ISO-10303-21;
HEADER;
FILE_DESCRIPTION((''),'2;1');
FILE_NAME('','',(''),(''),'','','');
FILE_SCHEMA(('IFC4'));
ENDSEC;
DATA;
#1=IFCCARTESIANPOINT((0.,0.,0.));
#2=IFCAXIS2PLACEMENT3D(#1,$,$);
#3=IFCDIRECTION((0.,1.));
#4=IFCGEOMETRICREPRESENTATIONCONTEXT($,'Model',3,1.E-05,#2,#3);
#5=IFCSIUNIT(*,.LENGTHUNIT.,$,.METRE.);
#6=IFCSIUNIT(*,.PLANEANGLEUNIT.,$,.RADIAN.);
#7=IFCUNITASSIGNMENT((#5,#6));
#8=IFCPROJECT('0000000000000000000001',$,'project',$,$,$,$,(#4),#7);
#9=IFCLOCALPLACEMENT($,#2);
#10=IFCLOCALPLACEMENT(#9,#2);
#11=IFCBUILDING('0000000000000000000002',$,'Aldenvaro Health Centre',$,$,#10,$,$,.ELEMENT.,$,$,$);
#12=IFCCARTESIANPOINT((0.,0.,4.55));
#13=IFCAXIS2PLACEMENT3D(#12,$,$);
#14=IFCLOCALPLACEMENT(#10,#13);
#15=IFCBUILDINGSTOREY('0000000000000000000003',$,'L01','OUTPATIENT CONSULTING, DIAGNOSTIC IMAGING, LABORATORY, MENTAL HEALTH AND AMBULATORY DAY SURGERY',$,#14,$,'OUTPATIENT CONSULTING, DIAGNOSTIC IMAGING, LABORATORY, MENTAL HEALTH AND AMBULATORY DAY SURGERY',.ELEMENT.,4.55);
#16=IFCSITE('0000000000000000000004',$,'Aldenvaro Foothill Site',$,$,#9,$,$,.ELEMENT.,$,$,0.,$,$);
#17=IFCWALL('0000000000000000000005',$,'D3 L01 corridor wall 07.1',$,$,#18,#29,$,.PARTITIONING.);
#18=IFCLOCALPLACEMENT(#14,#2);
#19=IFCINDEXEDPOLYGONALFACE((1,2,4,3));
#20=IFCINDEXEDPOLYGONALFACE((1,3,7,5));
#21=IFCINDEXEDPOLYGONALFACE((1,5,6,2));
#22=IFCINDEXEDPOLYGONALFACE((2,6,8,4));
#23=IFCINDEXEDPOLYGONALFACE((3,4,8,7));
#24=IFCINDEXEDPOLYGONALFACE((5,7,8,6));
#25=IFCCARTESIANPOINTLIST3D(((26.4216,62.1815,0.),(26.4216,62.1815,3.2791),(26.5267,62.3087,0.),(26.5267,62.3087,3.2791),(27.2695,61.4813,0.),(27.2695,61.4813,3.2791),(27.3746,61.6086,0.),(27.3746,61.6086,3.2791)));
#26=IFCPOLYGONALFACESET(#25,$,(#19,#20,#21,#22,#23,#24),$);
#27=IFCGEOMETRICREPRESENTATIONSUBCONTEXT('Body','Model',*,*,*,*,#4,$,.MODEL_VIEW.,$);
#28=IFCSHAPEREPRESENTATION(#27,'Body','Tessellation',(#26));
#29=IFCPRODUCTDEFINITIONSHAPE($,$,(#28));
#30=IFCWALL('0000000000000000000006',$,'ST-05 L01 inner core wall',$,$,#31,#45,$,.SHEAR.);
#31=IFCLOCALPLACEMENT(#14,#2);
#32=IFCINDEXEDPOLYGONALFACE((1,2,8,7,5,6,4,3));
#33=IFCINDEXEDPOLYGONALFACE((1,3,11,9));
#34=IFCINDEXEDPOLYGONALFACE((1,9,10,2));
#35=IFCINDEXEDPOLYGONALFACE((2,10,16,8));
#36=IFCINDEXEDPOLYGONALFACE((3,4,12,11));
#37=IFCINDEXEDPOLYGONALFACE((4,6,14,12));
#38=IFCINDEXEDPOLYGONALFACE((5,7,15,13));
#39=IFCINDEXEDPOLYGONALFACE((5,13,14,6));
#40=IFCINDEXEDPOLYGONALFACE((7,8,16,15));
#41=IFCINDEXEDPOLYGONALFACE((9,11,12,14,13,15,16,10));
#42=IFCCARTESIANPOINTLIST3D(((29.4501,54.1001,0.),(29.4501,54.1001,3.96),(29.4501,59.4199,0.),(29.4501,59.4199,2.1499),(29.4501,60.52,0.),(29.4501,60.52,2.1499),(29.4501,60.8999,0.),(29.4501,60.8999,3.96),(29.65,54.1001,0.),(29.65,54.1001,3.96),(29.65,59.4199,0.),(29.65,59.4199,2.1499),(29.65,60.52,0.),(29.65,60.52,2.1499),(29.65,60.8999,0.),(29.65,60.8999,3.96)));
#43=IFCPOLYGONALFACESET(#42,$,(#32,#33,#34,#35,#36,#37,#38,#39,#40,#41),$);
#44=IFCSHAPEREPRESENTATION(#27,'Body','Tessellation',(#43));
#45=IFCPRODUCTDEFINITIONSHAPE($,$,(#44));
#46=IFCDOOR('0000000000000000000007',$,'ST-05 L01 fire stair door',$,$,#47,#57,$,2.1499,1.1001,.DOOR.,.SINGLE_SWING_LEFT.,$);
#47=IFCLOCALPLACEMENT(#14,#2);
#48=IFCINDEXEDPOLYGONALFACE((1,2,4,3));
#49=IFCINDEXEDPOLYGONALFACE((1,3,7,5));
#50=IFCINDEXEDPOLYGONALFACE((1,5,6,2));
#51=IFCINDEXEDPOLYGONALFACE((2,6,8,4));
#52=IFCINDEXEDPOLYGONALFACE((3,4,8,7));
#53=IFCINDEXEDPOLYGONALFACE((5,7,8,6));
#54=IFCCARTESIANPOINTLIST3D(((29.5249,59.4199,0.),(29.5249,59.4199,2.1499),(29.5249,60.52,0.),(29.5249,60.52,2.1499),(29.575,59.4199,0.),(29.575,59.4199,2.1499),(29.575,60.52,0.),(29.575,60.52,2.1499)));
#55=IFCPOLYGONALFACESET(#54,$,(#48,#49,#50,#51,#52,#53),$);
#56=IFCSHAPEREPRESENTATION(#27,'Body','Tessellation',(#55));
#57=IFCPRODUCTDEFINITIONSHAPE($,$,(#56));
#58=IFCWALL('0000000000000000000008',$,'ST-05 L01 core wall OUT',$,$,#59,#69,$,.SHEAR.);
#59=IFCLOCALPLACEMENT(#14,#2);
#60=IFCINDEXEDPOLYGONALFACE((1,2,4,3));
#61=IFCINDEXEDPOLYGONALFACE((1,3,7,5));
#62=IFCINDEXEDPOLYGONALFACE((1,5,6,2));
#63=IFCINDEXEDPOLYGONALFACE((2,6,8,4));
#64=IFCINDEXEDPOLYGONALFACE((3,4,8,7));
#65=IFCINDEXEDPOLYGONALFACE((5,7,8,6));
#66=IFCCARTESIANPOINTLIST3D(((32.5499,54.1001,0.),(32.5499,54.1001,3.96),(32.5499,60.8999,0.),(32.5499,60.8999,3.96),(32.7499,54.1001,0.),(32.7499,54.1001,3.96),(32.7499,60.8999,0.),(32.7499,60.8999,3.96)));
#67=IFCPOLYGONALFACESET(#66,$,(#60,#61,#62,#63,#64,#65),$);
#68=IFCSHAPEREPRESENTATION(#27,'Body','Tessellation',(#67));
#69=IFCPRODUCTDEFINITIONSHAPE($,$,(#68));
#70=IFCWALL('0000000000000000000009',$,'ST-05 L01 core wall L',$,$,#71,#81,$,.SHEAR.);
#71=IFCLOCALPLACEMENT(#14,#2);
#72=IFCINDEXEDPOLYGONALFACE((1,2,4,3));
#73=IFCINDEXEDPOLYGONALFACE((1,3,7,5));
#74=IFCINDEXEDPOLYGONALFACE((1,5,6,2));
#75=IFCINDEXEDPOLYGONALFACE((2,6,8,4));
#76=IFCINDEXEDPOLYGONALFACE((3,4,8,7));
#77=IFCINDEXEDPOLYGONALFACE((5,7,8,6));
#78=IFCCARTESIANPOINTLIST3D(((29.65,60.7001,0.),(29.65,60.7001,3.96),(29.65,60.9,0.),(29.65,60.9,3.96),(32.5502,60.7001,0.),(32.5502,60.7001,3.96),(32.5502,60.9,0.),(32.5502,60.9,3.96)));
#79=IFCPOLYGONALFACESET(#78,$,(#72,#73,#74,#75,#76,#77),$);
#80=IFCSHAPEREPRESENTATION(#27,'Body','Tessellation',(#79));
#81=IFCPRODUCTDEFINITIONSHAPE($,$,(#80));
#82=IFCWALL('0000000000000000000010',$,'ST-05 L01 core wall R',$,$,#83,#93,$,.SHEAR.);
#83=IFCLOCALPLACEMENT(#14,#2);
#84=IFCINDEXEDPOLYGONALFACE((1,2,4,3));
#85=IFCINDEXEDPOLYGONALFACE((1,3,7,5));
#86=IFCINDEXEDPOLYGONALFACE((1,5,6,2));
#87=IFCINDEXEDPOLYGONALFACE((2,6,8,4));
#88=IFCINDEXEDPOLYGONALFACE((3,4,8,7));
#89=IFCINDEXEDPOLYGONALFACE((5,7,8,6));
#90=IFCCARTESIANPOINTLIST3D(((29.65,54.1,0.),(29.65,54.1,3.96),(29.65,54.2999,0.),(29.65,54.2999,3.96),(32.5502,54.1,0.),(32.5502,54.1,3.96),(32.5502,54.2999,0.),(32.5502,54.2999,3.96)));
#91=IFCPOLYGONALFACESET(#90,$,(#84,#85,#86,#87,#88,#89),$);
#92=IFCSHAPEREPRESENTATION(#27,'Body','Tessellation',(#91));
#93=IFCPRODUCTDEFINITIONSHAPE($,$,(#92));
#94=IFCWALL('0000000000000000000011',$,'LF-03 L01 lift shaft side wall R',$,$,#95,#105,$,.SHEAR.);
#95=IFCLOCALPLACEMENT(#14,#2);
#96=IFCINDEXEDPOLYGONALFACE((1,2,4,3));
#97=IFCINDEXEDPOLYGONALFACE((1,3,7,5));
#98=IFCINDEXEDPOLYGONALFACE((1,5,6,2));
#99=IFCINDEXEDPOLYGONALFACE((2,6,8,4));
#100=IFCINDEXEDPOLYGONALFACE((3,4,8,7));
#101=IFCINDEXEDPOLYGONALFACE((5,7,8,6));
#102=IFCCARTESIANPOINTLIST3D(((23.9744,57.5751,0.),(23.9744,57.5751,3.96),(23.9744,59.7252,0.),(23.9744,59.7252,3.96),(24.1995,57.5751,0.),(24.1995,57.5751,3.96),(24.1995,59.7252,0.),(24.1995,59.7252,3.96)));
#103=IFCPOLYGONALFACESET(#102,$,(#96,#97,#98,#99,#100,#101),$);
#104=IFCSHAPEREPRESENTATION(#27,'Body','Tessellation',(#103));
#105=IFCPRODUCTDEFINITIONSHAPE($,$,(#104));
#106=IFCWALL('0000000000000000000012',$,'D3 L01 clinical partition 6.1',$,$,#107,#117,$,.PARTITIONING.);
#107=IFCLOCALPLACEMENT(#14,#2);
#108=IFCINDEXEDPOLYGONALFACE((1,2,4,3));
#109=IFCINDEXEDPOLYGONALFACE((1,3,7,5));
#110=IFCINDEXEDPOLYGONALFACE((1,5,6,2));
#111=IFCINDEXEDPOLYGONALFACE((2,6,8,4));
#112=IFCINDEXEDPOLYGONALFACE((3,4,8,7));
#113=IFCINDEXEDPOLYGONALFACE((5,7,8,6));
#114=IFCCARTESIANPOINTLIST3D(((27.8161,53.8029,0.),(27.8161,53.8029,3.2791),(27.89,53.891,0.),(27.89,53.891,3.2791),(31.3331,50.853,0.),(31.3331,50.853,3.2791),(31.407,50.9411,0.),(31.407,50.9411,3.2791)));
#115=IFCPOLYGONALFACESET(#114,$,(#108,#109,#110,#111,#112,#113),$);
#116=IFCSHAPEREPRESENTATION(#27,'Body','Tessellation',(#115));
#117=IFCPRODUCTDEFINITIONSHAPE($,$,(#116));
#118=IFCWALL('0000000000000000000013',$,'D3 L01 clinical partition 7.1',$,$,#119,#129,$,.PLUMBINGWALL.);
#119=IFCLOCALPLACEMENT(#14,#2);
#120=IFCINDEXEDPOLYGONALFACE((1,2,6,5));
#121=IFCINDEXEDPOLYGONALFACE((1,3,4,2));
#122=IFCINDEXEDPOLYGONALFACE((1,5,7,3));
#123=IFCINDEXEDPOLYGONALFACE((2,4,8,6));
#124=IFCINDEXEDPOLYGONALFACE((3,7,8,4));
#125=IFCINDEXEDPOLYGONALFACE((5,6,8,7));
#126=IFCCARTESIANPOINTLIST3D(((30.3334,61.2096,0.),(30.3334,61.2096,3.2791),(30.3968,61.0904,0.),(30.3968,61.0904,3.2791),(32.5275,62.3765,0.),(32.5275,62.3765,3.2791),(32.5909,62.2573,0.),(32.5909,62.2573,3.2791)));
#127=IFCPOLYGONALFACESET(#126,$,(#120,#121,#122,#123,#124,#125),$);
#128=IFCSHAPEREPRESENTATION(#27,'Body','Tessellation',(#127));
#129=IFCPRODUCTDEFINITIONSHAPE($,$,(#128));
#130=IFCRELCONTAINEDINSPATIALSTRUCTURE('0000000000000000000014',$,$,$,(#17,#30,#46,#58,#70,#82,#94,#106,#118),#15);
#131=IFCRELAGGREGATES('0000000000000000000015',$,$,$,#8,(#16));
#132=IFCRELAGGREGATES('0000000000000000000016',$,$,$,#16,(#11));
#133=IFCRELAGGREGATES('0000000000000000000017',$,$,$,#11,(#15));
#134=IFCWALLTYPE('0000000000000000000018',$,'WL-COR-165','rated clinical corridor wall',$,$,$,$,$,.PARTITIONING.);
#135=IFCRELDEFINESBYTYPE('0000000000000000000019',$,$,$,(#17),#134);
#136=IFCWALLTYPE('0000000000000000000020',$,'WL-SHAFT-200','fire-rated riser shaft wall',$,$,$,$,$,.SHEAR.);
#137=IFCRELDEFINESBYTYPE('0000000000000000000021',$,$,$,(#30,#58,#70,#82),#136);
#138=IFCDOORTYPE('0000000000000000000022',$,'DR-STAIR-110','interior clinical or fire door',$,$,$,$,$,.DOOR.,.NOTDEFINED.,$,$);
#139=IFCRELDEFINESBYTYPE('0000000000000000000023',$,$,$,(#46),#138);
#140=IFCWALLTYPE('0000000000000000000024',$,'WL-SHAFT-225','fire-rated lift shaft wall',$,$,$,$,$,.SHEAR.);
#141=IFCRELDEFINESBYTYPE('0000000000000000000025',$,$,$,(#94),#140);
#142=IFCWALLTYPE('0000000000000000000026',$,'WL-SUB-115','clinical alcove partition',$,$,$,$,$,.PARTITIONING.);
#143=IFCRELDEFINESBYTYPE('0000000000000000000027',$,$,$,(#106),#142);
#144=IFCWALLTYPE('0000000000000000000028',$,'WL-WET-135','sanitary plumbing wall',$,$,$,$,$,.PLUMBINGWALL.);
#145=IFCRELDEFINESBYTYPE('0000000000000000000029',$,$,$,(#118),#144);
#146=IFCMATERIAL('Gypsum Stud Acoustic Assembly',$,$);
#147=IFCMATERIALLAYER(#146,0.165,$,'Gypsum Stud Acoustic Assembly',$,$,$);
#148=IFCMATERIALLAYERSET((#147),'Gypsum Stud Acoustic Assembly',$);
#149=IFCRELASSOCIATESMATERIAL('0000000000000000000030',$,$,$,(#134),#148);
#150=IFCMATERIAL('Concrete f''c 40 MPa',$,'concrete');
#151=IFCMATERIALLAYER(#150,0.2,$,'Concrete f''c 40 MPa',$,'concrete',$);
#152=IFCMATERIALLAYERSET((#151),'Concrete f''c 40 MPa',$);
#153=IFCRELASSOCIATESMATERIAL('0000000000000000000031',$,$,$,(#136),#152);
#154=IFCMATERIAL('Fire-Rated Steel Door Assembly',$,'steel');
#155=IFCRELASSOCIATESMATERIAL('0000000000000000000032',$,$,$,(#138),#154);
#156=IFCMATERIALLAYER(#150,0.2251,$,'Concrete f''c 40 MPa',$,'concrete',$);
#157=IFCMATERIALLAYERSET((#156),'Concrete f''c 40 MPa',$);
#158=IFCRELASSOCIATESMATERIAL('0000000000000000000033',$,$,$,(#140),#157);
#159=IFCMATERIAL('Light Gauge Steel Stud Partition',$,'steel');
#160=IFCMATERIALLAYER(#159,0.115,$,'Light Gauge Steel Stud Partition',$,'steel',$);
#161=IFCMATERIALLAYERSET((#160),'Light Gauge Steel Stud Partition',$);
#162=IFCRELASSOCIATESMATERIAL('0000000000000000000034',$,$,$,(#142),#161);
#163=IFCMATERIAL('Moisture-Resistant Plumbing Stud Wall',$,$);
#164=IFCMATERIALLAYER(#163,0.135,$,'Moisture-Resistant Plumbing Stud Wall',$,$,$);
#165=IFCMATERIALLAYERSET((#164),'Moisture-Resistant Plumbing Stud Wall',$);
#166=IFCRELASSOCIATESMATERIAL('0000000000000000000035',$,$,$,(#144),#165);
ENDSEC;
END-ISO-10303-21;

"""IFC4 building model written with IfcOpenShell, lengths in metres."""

from ifc_helpers import new_model, si_unit, direction, frame, frame_2d, origin, place, context, subcontext, project, spatial, rectangle, extrude, material, layer, layer_set, type_object, element, fill, save


model = new_model("IFC4")

# Units and contexts
model_context = context("Model", 3, precision=1e-05, world=origin(), true_north=direction((0.0, 1.0)))
body_context = subcontext(model_context, "Body", "Model", "MODEL_VIEW")
ifc_project = project(units=[si_unit("LENGTHUNIT", "METRE"), si_unit("PLANEANGLEUNIT", "RADIAN")], contexts=[model_context])

# Site, building, storey
site_placement = place(None, origin())
site = spatial("IfcSite", under=ifc_project, at=site_placement, Name="Aldenvaro Foothill Site", CompositionType="ELEMENT", RefElevation=0.0)
building_placement = place(site_placement, origin())
building = spatial("IfcBuilding", under=site, at=building_placement, Name="Aldenvaro Health Centre", CompositionType="ELEMENT")
storey_placement = place(building_placement, frame((0.0, 0.0, 4.55)))
storey = spatial("IfcBuildingStorey", under=building, at=storey_placement, Name="L01", Description="OUTPATIENT CONSULTING, DIAGNOSTIC IMAGING, LABORATORY, MENTAL HEALTH AND AMBULATORY DAY SURGERY", LongName="OUTPATIENT CONSULTING, DIAGNOSTIC IMAGING, LABORATORY, MENTAL HEALTH AND AMBULATORY DAY SURGERY", CompositionType="ELEMENT", Elevation=4.55)

# Shared definitions
ifc_material_1 = material(Name="Gypsum Stud Acoustic Assembly")
ifc_layer_1 = layer(ifc_material_1, 0.165, Name="Gypsum Stud Acoustic Assembly")
ifc_layer_set_1 = layer_set([ifc_layer_1], Name="Gypsum Stud Acoustic Assembly")
wall_type_1 = type_object("IfcWallType", Name="WL-COR-165", Description="rated clinical corridor wall", PredefinedType="PARTITIONING", material=ifc_layer_set_1)

# Wall
wall_1_placement = place(storey_placement, frame((27.322, 61.5449, 0.0), z_axis=(0.0, 0.0, 1.0), x_axis=(-0.771071, 0.636749, 0.0)))
element("IfcWall", 1, at=wall_1_placement, inside=storey, type_object=wall_type_1, Name="D3 L01 corridor wall 07.1", PredefinedType="PARTITIONING", context=body_context, shape_type="SweptSolid", body=[
    extrude(rectangle(XDim=1.0996, YDim=0.165, at=frame_2d((0.5498, 0.0))), origin(), (0.0, 0.0, 1.0), 3.2791),
])

# Wall, opening, door
ifc_material_2 = material(Name="Concrete f'c 40 MPa", Category="concrete")
ifc_layer_2 = layer(ifc_material_2, 0.2, Name="Concrete f'c 40 MPa", Category="concrete")
ifc_layer_set_2 = layer_set([ifc_layer_2], Name="Concrete f'c 40 MPa")
wall_type_2 = type_object("IfcWallType", Name="WL-SHAFT-200", Description="fire-rated riser shaft wall", PredefinedType="SHEAR", material=ifc_layer_set_2)
wall_2_placement = place(storey_placement, frame((29.55, 60.8999, 0.0), z_axis=(0.0, 0.0, 1.0), x_axis=(0.0, -1.0, 0.0)))
wall_2 = element("IfcWall", 2, at=wall_2_placement, inside=storey, type_object=wall_type_2, Name="ST-05 L01 inner core wall", PredefinedType="SHEAR", context=body_context, shape_type="SweptSolid", body=[
    extrude(rectangle(XDim=6.7998, YDim=0.2, at=frame_2d((3.3999, 0.0))), origin(), (0.0, 0.0, 1.0), 3.96),
])
opening_1_placement = place(wall_2_placement, frame((0.3799, 0.0, 0.0)))
opening_1 = element("IfcOpeningElement", 3, at=opening_1_placement, cuts=wall_2, PredefinedType="OPENING", context=body_context, shape_type="SweptSolid", body=[
    extrude(rectangle(XDim=1.1001, YDim=2.1499, at=frame_2d((0.55, 1.075))), frame((0.0, 0.1099, 0.0), z_axis=(0.0, -1.0, 0.0), x_axis=(1.0, 0.0, 0.0)), (0.0, 0.0, 1.0), 0.22),
])
ifc_material_3 = material(Name="Fire-Rated Steel Door Assembly", Category="steel")
door_type_1 = type_object("IfcDoorType", Name="DR-STAIR-110", Description="interior clinical or fire door", OperationType="NOTDEFINED", PredefinedType="DOOR", material=ifc_material_3)
door_1_placement = place(opening_1_placement, origin())
door_1 = element("IfcDoor", 4, at=door_1_placement, inside=storey, type_object=door_type_1, Name="ST-05 L01 fire stair door", OperationType="SINGLE_SWING_LEFT", OverallHeight=2.1499, OverallWidth=1.1001, PredefinedType="DOOR", context=body_context, shape_type="SweptSolid", body=[
    extrude(rectangle(XDim=1.1001, YDim=2.1499, at=frame_2d((0.55, 1.075))), frame((0.0, 0.0249, 0.0), z_axis=(0.0, -1.0, 0.0), x_axis=(1.0, 0.0, 0.0)), (0.0, 0.0, 1.0), 0.05),
])
fill(opening_1, door_1)

# Walls
wall_3_placement = place(storey_placement, frame((32.6499, 60.8999, 0.0), z_axis=(0.0, 0.0, 1.0), x_axis=(0.0, -1.0, 0.0)))
element("IfcWall", 5, at=wall_3_placement, inside=storey, type_object=wall_type_2, Name="ST-05 L01 core wall OUT", PredefinedType="SHEAR", context=body_context, shape_type="SweptSolid", body=[
    extrude(rectangle(XDim=6.7998, YDim=0.2, at=frame_2d((3.3999, 0.0))), origin(), (0.0, 0.0, 1.0), 3.96),
])
for number, where, z_axis, x_axis, name in (
    (6, (29.6499, 60.8, 0.0), (0.0, 0.0, 1.0), (1.0, 0.0, 0.0), "ST-05 L01 core wall L"),
    (7, (29.6499, 54.2, 0.0), (0.0, 0.0, 1.0), (1.0, 0.0, 0.0), "ST-05 L01 core wall R"),
):
    element("IfcWall", number, at=place(storey_placement, frame(where, z_axis=z_axis, x_axis=x_axis)), inside=storey, type_object=wall_type_2, Name=name, PredefinedType="SHEAR", context=body_context, shape_type="SweptSolid", body=[
        extrude(rectangle(XDim=2.9001, YDim=0.2, at=frame_2d((1.4502, 0.0))), origin(), (0.0, 0.0, 1.0), 3.96),
    ])
ifc_layer_3 = layer(ifc_material_2, 0.2251, Name="Concrete f'c 40 MPa", Category="concrete")
ifc_layer_set_3 = layer_set([ifc_layer_3], Name="Concrete f'c 40 MPa")
wall_type_3 = type_object("IfcWallType", Name="WL-SHAFT-225", Description="fire-rated lift shaft wall", PredefinedType="SHEAR", material=ifc_layer_set_3)
wall_4_placement = place(storey_placement, frame((24.0869, 57.575, 0.0), z_axis=(0.0, 0.0, 1.0), x_axis=(0.0, 1.0, 0.0)))
element("IfcWall", 8, at=wall_4_placement, inside=storey, type_object=wall_type_3, Name="LF-03 L01 lift shaft side wall R", PredefinedType="SHEAR", context=body_context, shape_type="SweptSolid", body=[
    extrude(rectangle(XDim=2.1501, YDim=0.2251, at=frame_2d((1.0752, 0.0))), origin(), (0.0, 0.0, 1.0), 3.96),
])
ifc_material_4 = material(Name="Light Gauge Steel Stud Partition", Category="steel")
ifc_layer_4 = layer(ifc_material_4, 0.115, Name="Light Gauge Steel Stud Partition", Category="steel")
ifc_layer_set_4 = layer_set([ifc_layer_4], Name="Light Gauge Steel Stud Partition")
wall_type_4 = type_object("IfcWallType", Name="WL-SUB-115", Description="clinical alcove partition", PredefinedType="PARTITIONING", material=ifc_layer_set_4)
wall_5_placement = place(storey_placement, frame((27.853, 53.8469, 0.0), z_axis=(0.0, 0.0, 1.0), x_axis=(0.766177, -0.642629, 0.0)))
element("IfcWall", 9, at=wall_5_placement, inside=storey, type_object=wall_type_4, Name="D3 L01 clinical partition 6.1", PredefinedType="PARTITIONING", context=body_context, shape_type="SweptSolid", body=[
    extrude(rectangle(XDim=4.5903, YDim=0.115, at=frame_2d((2.2952, 0.0))), origin(), (0.0, 0.0, 1.0), 3.2791),
])
ifc_material_5 = material(Name="Moisture-Resistant Plumbing Stud Wall")
ifc_layer_5 = layer(ifc_material_5, 0.135, Name="Moisture-Resistant Plumbing Stud Wall")
ifc_layer_set_5 = layer_set([ifc_layer_5], Name="Moisture-Resistant Plumbing Stud Wall")
wall_type_5 = type_object("IfcWallType", Name="WL-WET-135", Description="sanitary plumbing wall", PredefinedType="PLUMBINGWALL", material=ifc_layer_set_5)
wall_6_placement = place(storey_placement, frame((30.365, 61.1499, 0.0), z_axis=(0.0, 0.0, 1.0), x_axis=(0.882885, 0.469589, 0.0)))
element("IfcWall", 10, at=wall_6_placement, inside=storey, type_object=wall_type_5, Name="D3 L01 clinical partition 7.1", PredefinedType="PLUMBINGWALL", context=body_context, shape_type="SweptSolid", body=[
    extrude(rectangle(XDim=2.4851, YDim=0.135, at=frame_2d((1.2427, 0.0))), origin(), (0.0, 0.0, 1.0), 3.2791),
])

save(model, "model.ifc")
